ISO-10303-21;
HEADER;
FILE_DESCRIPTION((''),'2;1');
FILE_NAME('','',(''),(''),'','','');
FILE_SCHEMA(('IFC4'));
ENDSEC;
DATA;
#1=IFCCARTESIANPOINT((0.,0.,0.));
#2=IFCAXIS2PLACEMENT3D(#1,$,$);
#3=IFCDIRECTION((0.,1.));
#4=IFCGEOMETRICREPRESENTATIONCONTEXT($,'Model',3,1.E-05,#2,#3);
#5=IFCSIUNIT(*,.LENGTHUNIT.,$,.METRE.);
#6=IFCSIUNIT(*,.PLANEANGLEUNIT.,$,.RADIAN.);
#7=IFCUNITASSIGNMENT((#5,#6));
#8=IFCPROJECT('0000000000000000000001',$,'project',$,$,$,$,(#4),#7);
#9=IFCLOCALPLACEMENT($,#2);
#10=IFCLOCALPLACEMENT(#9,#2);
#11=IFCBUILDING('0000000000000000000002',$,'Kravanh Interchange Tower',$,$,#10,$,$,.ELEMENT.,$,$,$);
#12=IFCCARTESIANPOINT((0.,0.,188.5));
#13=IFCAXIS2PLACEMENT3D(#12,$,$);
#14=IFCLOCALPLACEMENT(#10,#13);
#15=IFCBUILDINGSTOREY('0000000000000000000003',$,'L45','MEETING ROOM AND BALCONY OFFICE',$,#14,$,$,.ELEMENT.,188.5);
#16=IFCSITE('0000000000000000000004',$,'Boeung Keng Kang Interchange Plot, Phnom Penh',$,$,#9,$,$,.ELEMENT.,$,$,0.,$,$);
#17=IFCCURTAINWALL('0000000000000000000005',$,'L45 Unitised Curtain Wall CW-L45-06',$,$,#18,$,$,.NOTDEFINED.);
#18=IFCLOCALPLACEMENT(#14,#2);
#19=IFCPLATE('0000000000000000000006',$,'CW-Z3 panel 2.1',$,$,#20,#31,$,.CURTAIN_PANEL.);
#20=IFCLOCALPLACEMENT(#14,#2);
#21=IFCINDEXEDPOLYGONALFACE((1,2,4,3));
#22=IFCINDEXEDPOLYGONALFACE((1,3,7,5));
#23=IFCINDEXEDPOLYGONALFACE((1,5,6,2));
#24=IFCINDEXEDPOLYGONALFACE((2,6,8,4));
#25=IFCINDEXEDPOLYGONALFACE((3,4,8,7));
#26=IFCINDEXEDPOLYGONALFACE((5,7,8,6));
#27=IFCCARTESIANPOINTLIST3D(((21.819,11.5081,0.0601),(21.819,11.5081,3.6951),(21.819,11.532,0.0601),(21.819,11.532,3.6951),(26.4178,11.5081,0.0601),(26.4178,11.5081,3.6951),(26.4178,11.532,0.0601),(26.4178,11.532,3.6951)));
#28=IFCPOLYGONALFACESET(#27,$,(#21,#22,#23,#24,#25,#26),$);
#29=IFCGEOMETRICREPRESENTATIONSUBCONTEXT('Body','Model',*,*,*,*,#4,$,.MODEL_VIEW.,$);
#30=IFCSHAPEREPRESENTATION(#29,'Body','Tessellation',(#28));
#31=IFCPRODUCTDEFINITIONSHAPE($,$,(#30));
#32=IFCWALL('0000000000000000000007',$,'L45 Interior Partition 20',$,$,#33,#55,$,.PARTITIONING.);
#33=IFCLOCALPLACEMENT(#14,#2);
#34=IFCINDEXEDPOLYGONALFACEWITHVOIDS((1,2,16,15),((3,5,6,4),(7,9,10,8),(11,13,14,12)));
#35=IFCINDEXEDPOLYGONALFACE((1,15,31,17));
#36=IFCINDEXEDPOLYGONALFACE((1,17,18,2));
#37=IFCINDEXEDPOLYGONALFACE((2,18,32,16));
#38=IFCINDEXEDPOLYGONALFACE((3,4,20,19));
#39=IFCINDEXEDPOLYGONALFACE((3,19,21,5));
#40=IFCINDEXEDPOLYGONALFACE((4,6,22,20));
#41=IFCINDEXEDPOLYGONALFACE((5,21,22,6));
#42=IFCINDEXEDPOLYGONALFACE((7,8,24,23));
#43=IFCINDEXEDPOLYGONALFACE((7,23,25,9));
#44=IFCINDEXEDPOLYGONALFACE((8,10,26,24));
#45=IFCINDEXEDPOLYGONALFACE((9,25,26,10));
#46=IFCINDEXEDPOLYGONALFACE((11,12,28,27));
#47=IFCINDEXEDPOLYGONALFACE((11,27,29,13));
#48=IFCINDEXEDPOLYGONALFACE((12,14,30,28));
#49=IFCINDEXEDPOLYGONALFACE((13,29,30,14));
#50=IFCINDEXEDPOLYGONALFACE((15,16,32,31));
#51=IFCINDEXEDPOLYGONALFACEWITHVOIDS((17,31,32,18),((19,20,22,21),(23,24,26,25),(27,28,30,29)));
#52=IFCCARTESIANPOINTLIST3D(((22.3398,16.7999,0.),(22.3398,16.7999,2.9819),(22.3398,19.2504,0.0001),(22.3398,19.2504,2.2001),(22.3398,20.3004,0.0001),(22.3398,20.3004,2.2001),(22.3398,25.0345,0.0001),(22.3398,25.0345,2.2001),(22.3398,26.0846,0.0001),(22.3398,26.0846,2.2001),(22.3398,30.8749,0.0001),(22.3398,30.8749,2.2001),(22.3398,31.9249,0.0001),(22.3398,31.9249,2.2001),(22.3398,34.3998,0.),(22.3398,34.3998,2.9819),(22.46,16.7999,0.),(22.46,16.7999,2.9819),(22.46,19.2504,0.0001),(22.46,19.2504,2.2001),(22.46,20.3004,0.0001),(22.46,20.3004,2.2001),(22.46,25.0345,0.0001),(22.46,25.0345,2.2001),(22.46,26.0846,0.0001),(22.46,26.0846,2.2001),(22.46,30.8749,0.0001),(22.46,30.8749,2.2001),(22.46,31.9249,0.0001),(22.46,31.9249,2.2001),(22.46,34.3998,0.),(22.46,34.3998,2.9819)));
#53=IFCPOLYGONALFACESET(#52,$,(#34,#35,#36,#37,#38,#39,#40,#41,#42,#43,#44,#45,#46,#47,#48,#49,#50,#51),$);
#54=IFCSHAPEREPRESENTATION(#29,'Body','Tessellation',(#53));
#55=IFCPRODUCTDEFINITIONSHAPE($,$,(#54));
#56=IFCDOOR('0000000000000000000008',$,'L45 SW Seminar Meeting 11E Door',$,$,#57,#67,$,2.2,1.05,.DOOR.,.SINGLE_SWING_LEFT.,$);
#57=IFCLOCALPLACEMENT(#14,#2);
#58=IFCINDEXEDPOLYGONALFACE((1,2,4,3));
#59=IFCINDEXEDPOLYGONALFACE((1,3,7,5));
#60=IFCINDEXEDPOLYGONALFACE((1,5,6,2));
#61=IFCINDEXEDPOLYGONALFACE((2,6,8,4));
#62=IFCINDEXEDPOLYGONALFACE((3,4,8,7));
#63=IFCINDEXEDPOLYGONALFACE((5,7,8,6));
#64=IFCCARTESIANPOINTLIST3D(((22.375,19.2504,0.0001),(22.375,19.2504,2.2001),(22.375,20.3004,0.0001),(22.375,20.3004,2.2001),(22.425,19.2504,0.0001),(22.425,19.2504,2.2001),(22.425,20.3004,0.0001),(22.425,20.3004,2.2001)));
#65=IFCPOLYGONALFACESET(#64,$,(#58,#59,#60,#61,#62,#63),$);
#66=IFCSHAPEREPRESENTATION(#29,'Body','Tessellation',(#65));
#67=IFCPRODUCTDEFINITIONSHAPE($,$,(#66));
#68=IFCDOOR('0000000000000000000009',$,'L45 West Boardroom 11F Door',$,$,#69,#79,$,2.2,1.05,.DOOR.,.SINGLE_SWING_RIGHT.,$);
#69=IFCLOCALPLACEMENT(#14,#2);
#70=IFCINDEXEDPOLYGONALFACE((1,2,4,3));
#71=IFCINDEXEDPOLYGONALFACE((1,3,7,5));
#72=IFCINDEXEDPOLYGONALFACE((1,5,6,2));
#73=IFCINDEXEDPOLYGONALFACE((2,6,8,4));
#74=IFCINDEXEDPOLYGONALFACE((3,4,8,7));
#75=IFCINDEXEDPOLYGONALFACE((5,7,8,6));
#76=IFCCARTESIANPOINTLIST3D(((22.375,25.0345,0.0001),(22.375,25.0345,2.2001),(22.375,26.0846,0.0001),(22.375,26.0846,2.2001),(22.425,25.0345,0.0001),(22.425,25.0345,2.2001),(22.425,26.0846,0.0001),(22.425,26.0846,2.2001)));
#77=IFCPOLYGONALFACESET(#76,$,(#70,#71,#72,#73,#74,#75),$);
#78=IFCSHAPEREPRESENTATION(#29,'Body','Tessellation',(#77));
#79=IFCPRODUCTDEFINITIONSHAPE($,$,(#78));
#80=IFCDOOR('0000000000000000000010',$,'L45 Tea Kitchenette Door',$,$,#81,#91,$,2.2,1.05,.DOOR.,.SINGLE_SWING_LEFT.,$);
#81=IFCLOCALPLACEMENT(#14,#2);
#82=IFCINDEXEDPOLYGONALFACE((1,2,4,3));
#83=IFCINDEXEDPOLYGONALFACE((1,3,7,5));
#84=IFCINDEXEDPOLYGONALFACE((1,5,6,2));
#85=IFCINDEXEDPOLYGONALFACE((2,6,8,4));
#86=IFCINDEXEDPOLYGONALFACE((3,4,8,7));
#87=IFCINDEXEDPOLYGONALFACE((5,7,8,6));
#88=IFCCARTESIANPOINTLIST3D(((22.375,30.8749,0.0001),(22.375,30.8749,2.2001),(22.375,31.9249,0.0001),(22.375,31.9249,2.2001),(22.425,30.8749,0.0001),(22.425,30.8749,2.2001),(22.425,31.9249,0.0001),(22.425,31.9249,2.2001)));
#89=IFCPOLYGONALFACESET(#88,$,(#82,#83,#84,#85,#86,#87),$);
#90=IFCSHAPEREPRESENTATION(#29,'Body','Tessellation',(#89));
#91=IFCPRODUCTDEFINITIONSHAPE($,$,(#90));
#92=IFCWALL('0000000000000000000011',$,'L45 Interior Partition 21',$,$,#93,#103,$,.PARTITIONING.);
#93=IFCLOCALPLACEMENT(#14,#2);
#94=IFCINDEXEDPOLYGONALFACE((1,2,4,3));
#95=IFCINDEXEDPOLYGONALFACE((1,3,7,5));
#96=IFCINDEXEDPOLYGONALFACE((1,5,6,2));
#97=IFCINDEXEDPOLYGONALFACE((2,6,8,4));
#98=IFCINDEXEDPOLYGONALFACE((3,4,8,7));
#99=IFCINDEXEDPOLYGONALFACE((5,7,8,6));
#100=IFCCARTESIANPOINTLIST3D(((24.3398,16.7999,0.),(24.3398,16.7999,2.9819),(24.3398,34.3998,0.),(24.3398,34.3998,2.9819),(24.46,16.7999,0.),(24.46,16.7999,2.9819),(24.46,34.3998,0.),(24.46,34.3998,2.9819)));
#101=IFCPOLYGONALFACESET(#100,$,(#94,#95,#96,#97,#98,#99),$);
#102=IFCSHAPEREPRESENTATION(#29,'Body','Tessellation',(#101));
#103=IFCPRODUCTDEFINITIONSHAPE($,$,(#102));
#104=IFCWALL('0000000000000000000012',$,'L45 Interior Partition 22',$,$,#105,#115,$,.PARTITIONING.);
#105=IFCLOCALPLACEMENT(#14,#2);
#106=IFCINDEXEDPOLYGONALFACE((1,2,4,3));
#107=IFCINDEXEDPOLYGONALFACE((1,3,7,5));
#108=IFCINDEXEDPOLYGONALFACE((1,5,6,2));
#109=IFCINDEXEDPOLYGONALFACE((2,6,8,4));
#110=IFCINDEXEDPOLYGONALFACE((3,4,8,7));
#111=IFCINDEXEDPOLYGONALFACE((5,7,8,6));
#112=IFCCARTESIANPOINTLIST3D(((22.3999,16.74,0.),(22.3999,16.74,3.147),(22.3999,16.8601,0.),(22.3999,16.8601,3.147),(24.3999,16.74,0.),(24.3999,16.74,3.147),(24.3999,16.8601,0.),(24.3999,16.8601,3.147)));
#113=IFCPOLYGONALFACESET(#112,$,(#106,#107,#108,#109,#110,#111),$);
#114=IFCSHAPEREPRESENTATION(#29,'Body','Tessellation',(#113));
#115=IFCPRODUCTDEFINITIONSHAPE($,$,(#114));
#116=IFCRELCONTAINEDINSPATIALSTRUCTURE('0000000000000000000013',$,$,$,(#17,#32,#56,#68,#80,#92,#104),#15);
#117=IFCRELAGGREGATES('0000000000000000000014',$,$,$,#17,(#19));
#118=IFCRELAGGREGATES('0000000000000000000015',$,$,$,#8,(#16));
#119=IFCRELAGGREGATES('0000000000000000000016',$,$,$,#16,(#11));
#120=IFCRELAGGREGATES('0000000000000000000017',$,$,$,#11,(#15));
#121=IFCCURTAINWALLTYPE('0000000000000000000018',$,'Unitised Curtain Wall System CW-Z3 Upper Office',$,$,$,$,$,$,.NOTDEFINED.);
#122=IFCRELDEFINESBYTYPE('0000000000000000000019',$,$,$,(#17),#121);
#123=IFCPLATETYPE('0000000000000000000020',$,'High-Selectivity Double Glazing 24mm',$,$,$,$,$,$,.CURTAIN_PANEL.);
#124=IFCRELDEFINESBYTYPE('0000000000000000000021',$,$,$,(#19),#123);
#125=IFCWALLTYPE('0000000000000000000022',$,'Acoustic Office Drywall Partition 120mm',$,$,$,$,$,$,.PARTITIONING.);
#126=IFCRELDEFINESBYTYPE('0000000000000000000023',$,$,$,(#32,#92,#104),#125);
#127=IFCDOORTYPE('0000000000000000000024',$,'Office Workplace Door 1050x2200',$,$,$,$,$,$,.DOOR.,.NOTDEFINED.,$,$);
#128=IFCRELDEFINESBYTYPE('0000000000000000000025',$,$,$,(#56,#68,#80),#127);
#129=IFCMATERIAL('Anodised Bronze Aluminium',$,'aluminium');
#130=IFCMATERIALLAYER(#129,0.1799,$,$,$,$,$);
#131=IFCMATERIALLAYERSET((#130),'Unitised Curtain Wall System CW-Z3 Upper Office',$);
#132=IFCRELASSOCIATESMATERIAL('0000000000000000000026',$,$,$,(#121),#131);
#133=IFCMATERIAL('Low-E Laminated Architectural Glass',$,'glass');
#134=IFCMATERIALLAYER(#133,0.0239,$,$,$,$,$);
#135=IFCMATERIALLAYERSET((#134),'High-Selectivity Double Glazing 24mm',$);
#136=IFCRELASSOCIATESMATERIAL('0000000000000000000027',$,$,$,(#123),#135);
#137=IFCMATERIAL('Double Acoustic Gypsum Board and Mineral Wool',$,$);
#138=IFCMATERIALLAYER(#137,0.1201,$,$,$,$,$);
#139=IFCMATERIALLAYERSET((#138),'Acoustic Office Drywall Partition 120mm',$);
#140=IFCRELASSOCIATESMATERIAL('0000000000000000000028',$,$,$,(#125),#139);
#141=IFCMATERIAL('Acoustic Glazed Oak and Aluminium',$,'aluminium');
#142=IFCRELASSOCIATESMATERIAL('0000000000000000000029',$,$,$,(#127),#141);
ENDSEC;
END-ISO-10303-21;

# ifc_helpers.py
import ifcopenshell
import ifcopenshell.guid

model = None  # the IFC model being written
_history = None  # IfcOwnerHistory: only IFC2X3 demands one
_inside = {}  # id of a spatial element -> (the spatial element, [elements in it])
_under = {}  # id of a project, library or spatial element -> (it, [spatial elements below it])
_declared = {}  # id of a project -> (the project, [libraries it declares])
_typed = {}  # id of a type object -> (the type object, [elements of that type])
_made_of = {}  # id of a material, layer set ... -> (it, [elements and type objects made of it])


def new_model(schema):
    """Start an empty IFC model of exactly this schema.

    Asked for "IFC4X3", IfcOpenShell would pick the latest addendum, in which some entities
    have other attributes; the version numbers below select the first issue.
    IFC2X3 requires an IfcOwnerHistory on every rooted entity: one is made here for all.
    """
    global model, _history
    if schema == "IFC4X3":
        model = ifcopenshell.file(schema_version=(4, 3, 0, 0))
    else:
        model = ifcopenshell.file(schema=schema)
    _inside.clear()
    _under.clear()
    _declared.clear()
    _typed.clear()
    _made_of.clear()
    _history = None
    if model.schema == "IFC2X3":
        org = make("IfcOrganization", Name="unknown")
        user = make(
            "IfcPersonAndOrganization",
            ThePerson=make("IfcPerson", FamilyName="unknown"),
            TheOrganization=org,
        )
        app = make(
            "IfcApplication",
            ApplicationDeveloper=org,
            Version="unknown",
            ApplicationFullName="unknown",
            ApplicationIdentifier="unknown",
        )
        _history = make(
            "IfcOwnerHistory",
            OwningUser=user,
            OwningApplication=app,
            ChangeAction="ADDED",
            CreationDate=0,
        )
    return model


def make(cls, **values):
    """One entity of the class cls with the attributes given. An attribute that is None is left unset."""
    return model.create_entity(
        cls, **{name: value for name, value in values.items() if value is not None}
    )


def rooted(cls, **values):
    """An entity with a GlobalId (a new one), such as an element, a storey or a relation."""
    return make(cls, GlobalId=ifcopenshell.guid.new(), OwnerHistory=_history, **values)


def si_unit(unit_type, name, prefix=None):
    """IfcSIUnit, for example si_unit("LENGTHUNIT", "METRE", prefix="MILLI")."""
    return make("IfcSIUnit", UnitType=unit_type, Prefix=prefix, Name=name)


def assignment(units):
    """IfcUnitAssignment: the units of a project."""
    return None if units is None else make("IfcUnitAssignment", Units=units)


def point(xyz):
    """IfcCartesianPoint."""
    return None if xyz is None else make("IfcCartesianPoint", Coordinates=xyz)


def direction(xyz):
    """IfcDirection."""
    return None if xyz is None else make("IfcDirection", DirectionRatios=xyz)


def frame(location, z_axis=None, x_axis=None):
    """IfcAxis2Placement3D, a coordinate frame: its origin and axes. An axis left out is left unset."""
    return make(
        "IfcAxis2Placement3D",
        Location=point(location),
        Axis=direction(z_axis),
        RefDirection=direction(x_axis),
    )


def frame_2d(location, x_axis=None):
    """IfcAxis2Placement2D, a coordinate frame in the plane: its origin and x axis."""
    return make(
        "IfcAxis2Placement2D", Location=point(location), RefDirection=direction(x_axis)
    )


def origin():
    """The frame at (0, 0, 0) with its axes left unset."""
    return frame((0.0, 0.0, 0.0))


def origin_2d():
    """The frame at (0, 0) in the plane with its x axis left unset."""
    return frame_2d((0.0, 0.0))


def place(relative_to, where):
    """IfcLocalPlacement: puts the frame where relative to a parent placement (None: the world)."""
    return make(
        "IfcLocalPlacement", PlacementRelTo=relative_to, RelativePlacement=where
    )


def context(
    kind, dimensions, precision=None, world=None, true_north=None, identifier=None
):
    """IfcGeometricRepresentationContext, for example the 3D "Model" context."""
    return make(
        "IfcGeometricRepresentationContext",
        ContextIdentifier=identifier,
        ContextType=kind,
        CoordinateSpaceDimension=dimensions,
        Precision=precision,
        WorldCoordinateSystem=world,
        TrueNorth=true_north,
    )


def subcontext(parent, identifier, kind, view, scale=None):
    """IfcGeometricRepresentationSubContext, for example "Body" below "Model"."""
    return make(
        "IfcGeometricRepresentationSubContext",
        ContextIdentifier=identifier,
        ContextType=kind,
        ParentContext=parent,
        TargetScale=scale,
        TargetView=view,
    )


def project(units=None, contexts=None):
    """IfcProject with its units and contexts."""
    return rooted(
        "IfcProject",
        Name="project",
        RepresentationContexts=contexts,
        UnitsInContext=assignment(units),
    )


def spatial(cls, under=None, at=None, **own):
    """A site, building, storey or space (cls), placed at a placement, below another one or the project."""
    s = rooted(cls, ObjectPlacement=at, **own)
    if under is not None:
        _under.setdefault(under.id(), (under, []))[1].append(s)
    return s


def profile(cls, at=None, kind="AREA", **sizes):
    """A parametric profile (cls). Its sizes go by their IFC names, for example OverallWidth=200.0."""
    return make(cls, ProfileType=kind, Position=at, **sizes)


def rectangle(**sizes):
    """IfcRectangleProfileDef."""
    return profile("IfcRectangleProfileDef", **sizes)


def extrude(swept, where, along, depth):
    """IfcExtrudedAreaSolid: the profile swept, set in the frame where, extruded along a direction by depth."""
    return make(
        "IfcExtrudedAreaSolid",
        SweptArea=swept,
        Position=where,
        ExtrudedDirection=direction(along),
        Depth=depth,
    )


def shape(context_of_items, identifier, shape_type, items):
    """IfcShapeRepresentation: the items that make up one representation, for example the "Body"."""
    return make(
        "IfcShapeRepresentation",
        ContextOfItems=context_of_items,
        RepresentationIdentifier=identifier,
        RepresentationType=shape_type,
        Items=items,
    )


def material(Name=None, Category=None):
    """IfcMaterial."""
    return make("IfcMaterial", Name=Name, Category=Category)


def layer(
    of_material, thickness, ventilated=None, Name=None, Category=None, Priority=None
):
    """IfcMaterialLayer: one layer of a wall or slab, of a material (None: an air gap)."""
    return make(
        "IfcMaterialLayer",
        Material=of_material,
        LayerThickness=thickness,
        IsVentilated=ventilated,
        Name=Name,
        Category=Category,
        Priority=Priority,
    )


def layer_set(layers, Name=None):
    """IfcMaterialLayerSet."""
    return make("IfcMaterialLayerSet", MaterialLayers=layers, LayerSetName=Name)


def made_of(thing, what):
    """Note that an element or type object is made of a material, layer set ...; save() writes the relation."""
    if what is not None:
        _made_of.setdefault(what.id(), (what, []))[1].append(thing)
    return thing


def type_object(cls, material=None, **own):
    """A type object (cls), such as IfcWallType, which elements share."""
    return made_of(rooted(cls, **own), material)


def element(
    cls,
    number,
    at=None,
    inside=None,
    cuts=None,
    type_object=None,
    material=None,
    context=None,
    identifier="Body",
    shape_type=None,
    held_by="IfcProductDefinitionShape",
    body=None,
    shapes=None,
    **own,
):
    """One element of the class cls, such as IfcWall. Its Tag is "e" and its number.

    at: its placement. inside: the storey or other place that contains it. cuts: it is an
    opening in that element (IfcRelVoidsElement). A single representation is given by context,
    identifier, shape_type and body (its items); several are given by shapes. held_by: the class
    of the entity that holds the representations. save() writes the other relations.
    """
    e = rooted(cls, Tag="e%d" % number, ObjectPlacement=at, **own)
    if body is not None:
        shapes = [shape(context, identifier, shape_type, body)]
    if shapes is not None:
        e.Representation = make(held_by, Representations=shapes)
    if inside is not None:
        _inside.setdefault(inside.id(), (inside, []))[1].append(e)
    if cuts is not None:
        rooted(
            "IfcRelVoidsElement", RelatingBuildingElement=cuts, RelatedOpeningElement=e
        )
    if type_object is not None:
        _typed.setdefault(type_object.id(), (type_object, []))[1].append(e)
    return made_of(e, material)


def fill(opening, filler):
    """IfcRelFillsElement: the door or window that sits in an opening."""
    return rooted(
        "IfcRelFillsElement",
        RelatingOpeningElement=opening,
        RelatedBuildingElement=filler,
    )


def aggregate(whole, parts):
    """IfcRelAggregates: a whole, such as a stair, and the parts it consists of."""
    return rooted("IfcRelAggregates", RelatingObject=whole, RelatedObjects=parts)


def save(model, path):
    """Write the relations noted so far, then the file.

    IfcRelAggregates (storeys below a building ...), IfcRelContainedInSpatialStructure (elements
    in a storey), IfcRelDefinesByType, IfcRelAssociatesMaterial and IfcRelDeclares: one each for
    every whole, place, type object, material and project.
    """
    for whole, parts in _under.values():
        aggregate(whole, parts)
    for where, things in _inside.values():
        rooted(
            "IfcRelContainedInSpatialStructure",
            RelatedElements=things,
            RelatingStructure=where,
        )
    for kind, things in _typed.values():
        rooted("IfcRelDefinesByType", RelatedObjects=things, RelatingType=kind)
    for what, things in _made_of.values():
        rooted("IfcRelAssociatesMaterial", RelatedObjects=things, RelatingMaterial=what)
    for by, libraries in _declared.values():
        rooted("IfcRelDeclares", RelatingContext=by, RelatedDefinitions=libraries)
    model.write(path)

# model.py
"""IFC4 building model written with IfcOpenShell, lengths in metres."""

from ifc_helpers import new_model, si_unit, direction, frame, frame_2d, origin, origin_2d, place, context, subcontext, project, spatial, rectangle, extrude, material, layer, layer_set, type_object, element, fill, aggregate, save


model = new_model("IFC4")

# Units and contexts
model_context = context("Model", 3, precision=1e-05, world=origin(), true_north=direction((0.0, 1.0)))
body_context = subcontext(model_context, "Body", "Model", "MODEL_VIEW")
ifc_project = project(units=[si_unit("LENGTHUNIT", "METRE"), si_unit("PLANEANGLEUNIT", "RADIAN")], contexts=[model_context])

# Site, building, storey
site_placement = place(None, origin())
site = spatial("IfcSite", under=ifc_project, at=site_placement, Name="Boeung Keng Kang Interchange Plot, Phnom Penh", CompositionType="ELEMENT", RefElevation=0.0)
building_placement = place(site_placement, origin())
building = spatial("IfcBuilding", under=site, at=building_placement, Name="Kravanh Interchange Tower", CompositionType="ELEMENT")
storey_placement = place(building_placement, frame((0.0, 0.0, 188.5)))
storey = spatial("IfcBuildingStorey", under=building, at=storey_placement, Name="L45", Description="MEETING ROOM AND BALCONY OFFICE", CompositionType="ELEMENT", Elevation=188.5)

# Curtain wall
ifc_material_1 = material(Name="Anodised Bronze Aluminium", Category="aluminium")
ifc_layer_1 = layer(ifc_material_1, 0.1799)
ifc_layer_set_1 = layer_set([ifc_layer_1], Name="Unitised Curtain Wall System CW-Z3 Upper Office")
curtain_wall_type = type_object("IfcCurtainWallType", Name="Unitised Curtain Wall System CW-Z3 Upper Office", PredefinedType="NOTDEFINED", material=ifc_layer_set_1)
curtain_wall_1_placement = place(storey_placement, origin())
curtain_wall_1 = element("IfcCurtainWall", 1, at=curtain_wall_1_placement, inside=storey, type_object=curtain_wall_type, Name="L45 Unitised Curtain Wall CW-L45-06", PredefinedType="NOTDEFINED")

# Plate
ifc_material_2 = material(Name="Low-E Laminated Architectural Glass", Category="glass")
ifc_layer_2 = layer(ifc_material_2, 0.0239)
ifc_layer_set_2 = layer_set([ifc_layer_2], Name="High-Selectivity Double Glazing 24mm")
plate_type = type_object("IfcPlateType", Name="High-Selectivity Double Glazing 24mm", PredefinedType="CURTAIN_PANEL", material=ifc_layer_set_2)
plate_placement = place(storey_placement, frame((24.1184, 11.52, 0.0601), z_axis=(0.0, 0.0, 1.0), x_axis=(-1.0, 0.0, 0.0)))
plate = element("IfcPlate", 2, at=plate_placement, type_object=plate_type, Name="CW-Z3 panel 2.1", PredefinedType="CURTAIN_PANEL", context=body_context, shape_type="SweptSolid", body=[
    extrude(rectangle(XDim=4.5989, YDim=0.0239, at=origin_2d()), origin(), (0.0, 0.0, 1.0), 3.635),
])
aggregate(curtain_wall_1, [plate])

# Wall, openings, doors
ifc_material_3 = material(Name="Double Acoustic Gypsum Board and Mineral Wool")
ifc_layer_3 = layer(ifc_material_3, 0.1201)
ifc_layer_set_3 = layer_set([ifc_layer_3], Name="Acoustic Office Drywall Partition 120mm")
wall_type = type_object("IfcWallType", Name="Acoustic Office Drywall Partition 120mm", PredefinedType="PARTITIONING", material=ifc_layer_set_3)
wall_1_placement = place(storey_placement, frame((22.3999, 16.8, 0.0), z_axis=(0.0, 0.0, 1.0), x_axis=(0.0, 1.0, 0.0)))
wall_1 = element("IfcWall", 3, at=wall_1_placement, inside=storey, type_object=wall_type, Name="L45 Interior Partition 20", PredefinedType="PARTITIONING", context=body_context, shape_type="SweptSolid", body=[
    extrude(rectangle(XDim=17.5999, YDim=0.1201, at=frame_2d((8.7998, 0.0))), origin(), (0.0, 0.0, 1.0), 2.9819),
])
opening_1_placement = place(wall_1_placement, frame((2.4504, 0.0, 0.0)))
opening_1 = element("IfcOpeningElement", 4, at=opening_1_placement, cuts=wall_1, PredefinedType="OPENING", context=body_context, shape_type="SweptSolid", body=[
    extrude(rectangle(XDim=1.05, YDim=2.2, at=frame_2d((0.5249, 1.1001))), frame((0.0, 0.0701, 0.0), z_axis=(0.0, -1.0, 0.0), x_axis=(1.0, 0.0, 0.0)), (0.0, 0.0, 1.0), 0.1401),
])
opening_2_placement = place(wall_1_placement, frame((8.2346, 0.0, 0.0)))
opening_2 = element("IfcOpeningElement", 5, at=opening_2_placement, cuts=wall_1, PredefinedType="OPENING", context=body_context, shape_type="SweptSolid", body=[
    extrude(rectangle(XDim=1.05, YDim=2.2, at=frame_2d((0.5249, 1.1001))), frame((0.0, 0.0701, 0.0), z_axis=(0.0, -1.0, 0.0), x_axis=(1.0, 0.0, 0.0)), (0.0, 0.0, 1.0), 0.1401),
])
opening_3_placement = place(wall_1_placement, frame((14.075, 0.0, 0.0)))
opening_3 = element("IfcOpeningElement", 6, at=opening_3_placement, cuts=wall_1, PredefinedType="OPENING", context=body_context, shape_type="SweptSolid", body=[
    extrude(rectangle(XDim=1.05, YDim=2.2, at=frame_2d((0.5249, 1.1001))), frame((0.0, 0.0701, 0.0), z_axis=(0.0, -1.0, 0.0), x_axis=(1.0, 0.0, 0.0)), (0.0, 0.0, 1.0), 0.1401),
])
ifc_material_4 = material(Name="Acoustic Glazed Oak and Aluminium", Category="aluminium")
door_type = type_object("IfcDoorType", Name="Office Workplace Door 1050x2200", OperationType="NOTDEFINED", PredefinedType="DOOR", material=ifc_material_4)
door_1_placement = place(opening_1_placement, origin())
door_1 = element("IfcDoor", 7, at=door_1_placement, inside=storey, type_object=door_type, Name="L45 SW Seminar Meeting 11E Door", OperationType="SINGLE_SWING_LEFT", OverallHeight=2.2, OverallWidth=1.05, PredefinedType="DOOR", context=body_context, shape_type="SweptSolid", body=[
    extrude(rectangle(XDim=1.05, YDim=2.2, at=frame_2d((0.5249, 1.1001))), frame((0.0, 0.0249, 0.0), z_axis=(0.0, -1.0, 0.0), x_axis=(1.0, 0.0, 0.0)), (0.0, 0.0, 1.0), 0.05),
])
fill(opening_1, door_1)
door_2_placement = place(opening_2_placement, origin())
door_2 = element("IfcDoor", 8, at=door_2_placement, inside=storey, type_object=door_type, Name="L45 West Boardroom 11F Door", OperationType="SINGLE_SWING_RIGHT", OverallHeight=2.2, OverallWidth=1.05, PredefinedType="DOOR", context=body_context, shape_type="SweptSolid", body=[
    extrude(rectangle(XDim=1.05, YDim=2.2, at=frame_2d((0.5249, 1.1001))), frame((0.0, 0.0249, 0.0), z_axis=(0.0, -1.0, 0.0), x_axis=(1.0, 0.0, 0.0)), (0.0, 0.0, 1.0), 0.05),
])
fill(opening_2, door_2)
door_3_placement = place(opening_3_placement, origin())
door_3 = element("IfcDoor", 9, at=door_3_placement, inside=storey, type_object=door_type, Name="L45 Tea Kitchenette Door", OperationType="SINGLE_SWING_LEFT", OverallHeight=2.2, OverallWidth=1.05, PredefinedType="DOOR", context=body_context, shape_type="SweptSolid", body=[
    extrude(rectangle(XDim=1.05, YDim=2.2, at=frame_2d((0.5249, 1.1001))), frame((0.0, 0.0249, 0.0), z_axis=(0.0, -1.0, 0.0), x_axis=(1.0, 0.0, 0.0)), (0.0, 0.0, 1.0), 0.05),
])
fill(opening_3, door_3)

# Walls
wall_2_placement = place(storey_placement, frame((24.3999, 16.8, 0.0), z_axis=(0.0, 0.0, 1.0), x_axis=(0.0, 1.0, 0.0)))
element("IfcWall", 10, at=wall_2_placement, inside=storey, type_object=wall_type, Name="L45 Interior Partition 21", PredefinedType="PARTITIONING", context=body_context, shape_type="SweptSolid", body=[
    extrude(rectangle(XDim=17.5999, YDim=0.1201, at=frame_2d((8.7998, 0.0))), origin(), (0.0, 0.0, 1.0), 2.9819),
])
wall_3_placement = place(storey_placement, frame((22.3999, 16.8, 0.0), z_axis=(0.0, 0.0, 1.0), x_axis=(1.0, 0.0, 0.0)))
element("IfcWall", 11, at=wall_3_placement, inside=storey, type_object=wall_type, Name="L45 Interior Partition 22", PredefinedType="PARTITIONING", context=body_context, shape_type="SweptSolid", body=[
    extrude(rectangle(XDim=2.0, YDim=0.1201, at=frame_2d((1.0, 0.0))), origin(), (0.0, 0.0, 1.0), 3.147),
])

save(model, "model.ifc")
